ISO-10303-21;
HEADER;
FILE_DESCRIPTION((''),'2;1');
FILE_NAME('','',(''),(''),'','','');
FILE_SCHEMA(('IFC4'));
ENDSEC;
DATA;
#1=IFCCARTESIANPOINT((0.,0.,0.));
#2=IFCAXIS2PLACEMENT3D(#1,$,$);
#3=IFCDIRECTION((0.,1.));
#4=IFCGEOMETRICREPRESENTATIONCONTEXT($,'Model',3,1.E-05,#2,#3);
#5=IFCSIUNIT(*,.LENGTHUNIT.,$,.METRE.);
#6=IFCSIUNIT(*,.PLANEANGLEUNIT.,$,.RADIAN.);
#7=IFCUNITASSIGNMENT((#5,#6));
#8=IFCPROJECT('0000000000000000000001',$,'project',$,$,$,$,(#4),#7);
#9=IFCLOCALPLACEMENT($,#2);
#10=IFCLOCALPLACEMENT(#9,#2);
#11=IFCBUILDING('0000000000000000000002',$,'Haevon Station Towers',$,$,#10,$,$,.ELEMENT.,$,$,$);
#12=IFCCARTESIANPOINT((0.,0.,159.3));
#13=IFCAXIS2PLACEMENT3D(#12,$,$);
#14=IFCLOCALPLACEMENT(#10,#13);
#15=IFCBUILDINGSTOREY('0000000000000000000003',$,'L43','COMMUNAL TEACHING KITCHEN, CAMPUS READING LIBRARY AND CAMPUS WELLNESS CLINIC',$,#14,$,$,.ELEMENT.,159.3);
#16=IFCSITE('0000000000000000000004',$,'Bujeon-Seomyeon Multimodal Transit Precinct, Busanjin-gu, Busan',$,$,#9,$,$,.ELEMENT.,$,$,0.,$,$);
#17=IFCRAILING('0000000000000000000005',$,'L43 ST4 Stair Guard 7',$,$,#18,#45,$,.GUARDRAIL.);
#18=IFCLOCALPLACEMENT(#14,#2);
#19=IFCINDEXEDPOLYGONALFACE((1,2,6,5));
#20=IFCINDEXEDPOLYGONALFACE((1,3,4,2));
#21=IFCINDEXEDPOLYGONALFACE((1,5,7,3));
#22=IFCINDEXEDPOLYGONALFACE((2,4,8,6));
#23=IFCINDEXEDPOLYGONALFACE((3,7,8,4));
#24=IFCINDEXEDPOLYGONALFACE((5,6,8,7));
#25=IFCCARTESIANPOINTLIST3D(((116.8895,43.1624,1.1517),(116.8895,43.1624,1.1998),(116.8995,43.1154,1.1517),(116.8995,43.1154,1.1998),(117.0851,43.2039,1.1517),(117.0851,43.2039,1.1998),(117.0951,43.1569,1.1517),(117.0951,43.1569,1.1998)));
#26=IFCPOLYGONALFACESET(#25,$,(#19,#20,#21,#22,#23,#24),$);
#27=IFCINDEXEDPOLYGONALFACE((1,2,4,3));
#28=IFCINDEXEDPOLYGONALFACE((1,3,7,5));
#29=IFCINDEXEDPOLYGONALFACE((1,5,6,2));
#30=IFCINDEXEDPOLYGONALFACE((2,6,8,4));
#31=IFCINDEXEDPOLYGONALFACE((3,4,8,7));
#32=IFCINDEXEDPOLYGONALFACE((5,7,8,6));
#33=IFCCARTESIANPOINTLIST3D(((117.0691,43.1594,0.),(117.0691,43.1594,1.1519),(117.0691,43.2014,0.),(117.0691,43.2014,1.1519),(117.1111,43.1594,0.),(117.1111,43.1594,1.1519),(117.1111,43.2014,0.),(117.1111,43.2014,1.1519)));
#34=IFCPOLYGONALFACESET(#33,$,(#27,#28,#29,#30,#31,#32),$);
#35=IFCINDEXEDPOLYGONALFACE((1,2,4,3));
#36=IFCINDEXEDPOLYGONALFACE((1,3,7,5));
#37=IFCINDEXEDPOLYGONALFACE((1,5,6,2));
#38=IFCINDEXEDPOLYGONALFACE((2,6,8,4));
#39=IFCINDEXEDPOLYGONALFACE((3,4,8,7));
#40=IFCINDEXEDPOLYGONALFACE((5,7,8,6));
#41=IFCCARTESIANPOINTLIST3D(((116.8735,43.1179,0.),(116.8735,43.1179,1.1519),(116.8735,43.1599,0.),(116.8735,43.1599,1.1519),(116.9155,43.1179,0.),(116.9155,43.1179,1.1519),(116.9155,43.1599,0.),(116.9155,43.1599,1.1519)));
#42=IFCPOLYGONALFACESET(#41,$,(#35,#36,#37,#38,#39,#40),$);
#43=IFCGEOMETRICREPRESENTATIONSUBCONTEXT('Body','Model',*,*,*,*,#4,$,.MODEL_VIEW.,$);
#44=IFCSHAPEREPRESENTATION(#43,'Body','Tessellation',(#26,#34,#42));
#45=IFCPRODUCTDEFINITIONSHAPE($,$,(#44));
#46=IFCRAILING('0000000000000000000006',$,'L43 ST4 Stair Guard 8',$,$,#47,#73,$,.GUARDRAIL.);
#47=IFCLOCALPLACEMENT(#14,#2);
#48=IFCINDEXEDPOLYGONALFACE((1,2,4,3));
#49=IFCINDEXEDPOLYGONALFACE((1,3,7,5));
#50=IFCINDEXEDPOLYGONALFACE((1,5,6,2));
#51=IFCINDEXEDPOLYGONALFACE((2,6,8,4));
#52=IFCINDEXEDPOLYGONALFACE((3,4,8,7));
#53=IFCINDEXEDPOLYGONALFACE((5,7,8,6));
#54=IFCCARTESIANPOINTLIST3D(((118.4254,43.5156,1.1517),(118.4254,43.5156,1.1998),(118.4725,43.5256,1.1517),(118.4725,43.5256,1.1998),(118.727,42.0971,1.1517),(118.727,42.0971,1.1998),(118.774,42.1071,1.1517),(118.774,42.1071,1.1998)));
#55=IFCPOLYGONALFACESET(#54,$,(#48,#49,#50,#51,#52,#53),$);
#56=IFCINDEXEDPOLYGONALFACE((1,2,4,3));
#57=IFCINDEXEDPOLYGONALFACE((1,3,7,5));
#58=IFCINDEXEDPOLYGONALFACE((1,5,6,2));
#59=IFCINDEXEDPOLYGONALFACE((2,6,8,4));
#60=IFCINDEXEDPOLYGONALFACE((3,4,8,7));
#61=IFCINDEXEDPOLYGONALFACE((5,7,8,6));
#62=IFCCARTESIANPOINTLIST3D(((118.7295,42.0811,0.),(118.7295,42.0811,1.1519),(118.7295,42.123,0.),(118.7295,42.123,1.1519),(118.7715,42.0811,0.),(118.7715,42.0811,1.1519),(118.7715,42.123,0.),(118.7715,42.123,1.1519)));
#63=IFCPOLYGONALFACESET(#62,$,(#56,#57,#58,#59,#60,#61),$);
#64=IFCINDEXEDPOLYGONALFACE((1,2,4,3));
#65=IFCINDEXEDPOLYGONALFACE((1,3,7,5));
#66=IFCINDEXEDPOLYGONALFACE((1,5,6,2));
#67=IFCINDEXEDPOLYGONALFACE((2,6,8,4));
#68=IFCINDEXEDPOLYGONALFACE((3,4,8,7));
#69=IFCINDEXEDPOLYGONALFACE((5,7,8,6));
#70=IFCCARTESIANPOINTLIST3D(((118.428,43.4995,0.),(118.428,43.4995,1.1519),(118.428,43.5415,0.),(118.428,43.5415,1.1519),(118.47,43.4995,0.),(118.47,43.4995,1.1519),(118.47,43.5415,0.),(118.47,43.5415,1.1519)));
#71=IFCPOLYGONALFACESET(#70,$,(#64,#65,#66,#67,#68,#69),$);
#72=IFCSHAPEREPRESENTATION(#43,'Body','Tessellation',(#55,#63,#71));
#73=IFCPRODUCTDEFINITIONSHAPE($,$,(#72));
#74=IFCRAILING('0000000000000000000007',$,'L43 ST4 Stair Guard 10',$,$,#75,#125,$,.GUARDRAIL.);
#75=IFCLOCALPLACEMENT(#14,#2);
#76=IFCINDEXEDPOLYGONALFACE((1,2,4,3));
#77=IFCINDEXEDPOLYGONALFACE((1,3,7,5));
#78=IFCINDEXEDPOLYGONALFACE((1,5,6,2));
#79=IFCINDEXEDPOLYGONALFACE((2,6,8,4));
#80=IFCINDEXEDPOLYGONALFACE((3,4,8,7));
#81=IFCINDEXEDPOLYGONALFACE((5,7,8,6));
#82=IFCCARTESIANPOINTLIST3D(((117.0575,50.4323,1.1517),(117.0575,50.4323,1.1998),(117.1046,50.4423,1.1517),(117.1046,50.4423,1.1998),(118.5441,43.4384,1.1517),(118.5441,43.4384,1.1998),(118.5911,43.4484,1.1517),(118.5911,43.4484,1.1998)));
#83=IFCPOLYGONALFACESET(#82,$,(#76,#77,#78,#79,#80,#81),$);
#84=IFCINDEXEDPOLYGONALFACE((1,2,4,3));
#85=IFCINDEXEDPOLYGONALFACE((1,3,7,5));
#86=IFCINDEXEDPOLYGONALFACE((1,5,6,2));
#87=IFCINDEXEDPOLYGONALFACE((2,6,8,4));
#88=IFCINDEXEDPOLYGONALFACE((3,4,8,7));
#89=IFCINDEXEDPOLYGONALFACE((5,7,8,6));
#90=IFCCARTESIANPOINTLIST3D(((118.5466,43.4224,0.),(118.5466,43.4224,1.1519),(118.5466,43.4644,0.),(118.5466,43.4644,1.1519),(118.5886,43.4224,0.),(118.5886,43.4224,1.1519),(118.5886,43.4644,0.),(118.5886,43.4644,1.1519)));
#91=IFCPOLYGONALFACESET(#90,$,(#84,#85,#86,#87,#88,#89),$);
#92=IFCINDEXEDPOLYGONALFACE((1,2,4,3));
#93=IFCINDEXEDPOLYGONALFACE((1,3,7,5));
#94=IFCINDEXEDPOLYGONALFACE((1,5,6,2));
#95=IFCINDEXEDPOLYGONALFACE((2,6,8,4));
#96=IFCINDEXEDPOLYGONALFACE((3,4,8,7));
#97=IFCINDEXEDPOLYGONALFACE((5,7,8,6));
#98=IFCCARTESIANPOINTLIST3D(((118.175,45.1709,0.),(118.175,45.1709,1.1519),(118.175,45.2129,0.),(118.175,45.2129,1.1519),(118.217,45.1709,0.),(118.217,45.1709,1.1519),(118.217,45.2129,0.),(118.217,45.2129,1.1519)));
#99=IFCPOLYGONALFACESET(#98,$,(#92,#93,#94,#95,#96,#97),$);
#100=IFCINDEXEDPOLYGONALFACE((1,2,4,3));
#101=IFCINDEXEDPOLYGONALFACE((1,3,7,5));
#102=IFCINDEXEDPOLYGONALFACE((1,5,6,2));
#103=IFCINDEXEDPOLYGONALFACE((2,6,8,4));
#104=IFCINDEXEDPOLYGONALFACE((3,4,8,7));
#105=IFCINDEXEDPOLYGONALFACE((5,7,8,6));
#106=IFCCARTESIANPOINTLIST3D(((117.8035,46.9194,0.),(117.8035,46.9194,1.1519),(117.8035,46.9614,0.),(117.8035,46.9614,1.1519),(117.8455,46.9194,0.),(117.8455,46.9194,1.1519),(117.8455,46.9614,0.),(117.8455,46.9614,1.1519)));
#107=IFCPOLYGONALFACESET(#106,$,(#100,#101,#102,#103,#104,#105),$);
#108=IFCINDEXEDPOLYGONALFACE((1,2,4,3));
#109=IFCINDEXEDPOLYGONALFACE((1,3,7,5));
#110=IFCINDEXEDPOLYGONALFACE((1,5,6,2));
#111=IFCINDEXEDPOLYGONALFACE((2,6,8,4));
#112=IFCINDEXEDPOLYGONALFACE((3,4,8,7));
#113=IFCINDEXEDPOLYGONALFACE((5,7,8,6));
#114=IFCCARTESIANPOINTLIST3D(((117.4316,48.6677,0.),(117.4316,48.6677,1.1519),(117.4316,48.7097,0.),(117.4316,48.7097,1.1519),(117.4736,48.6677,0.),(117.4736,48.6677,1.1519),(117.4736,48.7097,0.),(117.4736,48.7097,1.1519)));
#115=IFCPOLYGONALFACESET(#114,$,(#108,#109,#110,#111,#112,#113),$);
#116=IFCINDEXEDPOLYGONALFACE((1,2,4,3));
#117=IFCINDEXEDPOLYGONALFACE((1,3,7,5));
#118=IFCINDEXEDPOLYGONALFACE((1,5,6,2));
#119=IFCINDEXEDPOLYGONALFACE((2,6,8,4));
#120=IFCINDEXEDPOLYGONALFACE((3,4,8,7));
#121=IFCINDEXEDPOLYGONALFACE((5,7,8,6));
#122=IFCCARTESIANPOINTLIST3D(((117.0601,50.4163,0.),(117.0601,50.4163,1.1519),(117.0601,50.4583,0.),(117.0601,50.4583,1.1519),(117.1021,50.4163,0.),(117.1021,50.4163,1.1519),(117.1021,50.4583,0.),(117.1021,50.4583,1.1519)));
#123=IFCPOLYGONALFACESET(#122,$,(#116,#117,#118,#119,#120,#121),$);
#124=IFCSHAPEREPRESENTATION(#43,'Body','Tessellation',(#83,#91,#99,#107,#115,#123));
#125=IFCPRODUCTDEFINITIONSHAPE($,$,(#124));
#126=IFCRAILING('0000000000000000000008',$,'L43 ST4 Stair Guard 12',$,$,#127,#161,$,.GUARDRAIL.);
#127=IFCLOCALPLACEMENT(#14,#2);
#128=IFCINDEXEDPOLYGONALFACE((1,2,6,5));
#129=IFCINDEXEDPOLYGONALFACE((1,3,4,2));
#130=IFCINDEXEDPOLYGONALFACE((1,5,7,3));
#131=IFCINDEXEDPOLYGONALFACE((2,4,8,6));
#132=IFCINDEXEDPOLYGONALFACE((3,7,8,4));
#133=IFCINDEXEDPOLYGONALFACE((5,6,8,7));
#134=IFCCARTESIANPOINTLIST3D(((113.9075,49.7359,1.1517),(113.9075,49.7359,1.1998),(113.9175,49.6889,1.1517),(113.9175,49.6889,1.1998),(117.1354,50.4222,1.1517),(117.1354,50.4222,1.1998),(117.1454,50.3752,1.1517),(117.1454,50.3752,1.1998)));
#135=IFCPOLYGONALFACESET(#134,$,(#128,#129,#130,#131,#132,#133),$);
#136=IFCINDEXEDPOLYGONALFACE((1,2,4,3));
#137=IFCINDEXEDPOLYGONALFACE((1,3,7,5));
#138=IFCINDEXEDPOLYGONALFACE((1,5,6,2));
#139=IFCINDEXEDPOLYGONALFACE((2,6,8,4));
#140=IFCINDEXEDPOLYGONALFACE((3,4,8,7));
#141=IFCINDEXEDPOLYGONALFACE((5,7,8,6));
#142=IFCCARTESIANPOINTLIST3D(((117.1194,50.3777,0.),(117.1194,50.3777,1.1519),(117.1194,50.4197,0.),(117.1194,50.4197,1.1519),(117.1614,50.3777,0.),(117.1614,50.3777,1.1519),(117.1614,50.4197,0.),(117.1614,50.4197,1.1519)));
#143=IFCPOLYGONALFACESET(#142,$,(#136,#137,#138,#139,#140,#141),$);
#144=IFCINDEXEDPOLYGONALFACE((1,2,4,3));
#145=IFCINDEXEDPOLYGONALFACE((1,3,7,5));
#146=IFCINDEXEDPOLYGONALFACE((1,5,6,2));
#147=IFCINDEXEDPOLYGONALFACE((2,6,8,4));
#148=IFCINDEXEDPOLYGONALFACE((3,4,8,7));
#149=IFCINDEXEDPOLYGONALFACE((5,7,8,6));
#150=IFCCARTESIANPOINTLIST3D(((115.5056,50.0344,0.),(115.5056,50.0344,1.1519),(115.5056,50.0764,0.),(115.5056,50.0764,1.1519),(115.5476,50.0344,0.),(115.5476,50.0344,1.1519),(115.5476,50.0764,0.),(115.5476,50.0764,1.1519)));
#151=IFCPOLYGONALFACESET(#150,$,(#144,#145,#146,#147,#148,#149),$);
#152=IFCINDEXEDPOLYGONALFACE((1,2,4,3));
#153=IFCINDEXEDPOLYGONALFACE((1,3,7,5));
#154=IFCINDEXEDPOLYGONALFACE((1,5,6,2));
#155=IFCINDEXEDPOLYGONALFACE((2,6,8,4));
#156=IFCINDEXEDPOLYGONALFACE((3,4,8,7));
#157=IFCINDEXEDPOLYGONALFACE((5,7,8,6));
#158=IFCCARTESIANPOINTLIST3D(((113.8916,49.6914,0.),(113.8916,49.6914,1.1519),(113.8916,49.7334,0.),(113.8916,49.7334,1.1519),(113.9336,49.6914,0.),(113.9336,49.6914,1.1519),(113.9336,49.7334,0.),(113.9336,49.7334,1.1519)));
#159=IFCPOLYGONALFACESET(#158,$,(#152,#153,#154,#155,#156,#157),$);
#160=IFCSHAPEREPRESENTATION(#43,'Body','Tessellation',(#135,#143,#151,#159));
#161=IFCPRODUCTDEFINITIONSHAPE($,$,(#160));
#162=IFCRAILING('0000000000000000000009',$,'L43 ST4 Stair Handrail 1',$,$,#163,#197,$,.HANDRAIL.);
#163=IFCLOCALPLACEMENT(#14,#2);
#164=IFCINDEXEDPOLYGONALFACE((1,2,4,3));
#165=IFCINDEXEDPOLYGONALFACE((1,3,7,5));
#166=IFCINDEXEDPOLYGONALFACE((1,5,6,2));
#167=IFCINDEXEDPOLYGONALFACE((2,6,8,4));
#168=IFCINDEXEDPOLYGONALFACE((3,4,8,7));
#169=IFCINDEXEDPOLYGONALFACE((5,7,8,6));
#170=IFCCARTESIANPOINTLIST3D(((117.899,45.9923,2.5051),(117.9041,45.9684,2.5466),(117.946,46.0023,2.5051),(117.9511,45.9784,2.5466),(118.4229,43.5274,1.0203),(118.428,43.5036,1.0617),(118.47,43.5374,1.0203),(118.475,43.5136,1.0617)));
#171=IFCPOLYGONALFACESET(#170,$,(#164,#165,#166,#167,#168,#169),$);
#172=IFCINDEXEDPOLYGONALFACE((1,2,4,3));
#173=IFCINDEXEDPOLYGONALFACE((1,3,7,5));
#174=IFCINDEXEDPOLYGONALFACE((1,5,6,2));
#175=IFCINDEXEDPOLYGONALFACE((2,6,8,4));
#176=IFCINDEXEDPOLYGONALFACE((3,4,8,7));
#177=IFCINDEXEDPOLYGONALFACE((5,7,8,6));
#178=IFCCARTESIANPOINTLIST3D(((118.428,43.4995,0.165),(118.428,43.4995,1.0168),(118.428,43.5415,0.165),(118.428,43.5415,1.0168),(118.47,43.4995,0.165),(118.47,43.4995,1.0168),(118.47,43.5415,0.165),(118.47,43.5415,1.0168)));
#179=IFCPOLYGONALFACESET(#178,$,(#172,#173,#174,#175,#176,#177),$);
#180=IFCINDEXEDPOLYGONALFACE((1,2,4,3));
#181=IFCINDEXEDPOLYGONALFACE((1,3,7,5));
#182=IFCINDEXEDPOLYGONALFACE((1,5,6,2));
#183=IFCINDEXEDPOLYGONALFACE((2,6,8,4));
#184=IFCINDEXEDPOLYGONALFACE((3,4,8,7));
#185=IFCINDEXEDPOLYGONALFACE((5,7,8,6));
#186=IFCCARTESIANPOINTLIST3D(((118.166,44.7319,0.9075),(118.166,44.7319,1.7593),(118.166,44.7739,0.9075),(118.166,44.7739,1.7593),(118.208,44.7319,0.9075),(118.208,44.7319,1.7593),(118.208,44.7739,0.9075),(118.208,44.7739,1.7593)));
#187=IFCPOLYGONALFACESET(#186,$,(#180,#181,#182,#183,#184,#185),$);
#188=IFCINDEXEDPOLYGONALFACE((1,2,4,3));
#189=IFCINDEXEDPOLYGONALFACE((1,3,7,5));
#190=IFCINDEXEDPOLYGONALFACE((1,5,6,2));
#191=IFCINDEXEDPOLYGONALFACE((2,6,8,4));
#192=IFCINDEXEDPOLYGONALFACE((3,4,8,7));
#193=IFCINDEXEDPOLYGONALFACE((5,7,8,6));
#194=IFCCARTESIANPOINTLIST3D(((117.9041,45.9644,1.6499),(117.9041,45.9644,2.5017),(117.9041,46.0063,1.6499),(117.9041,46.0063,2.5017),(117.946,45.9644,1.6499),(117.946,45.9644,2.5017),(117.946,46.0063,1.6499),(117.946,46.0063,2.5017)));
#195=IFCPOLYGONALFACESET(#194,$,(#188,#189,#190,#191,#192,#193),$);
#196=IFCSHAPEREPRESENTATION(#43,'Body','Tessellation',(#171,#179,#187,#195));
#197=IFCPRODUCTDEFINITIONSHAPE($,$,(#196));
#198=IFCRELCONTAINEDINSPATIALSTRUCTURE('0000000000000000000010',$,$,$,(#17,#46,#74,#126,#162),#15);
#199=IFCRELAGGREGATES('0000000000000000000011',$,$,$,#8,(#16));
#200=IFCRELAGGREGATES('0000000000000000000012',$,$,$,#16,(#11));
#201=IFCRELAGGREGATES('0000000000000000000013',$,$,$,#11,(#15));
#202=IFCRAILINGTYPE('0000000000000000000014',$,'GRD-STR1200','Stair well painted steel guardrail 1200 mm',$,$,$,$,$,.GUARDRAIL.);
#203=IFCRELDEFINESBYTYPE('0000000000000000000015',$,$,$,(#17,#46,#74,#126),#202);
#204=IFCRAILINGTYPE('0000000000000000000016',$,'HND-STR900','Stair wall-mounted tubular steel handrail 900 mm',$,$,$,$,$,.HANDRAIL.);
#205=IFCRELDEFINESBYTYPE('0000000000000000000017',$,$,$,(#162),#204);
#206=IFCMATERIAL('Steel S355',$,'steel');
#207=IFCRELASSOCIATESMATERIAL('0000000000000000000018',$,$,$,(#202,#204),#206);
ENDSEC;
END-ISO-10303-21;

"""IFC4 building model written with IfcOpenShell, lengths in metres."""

from ifc_helpers import new_model, si_unit, direction, frame, origin, origin_2d, place, context, subcontext, project, spatial, rectangle, extrude, material, type_object, element, save


model = new_model("IFC4")

# Units and contexts
model_context = context("Model", 3, precision=1e-05, world=origin(), true_north=direction((0.0, 1.0)))
body_context = subcontext(model_context, "Body", "Model", "MODEL_VIEW")
ifc_project = project(units=[si_unit("LENGTHUNIT", "METRE"), si_unit("PLANEANGLEUNIT", "RADIAN")], contexts=[model_context])

# Site, building, storey
site_placement = place(None, origin())
site = spatial("IfcSite", under=ifc_project, at=site_placement, Name="Bujeon-Seomyeon Multimodal Transit Precinct, Busanjin-gu, Busan", CompositionType="ELEMENT", RefElevation=0.0)
building_placement = place(site_placement, origin())
building = spatial("IfcBuilding", under=site, at=building_placement, Name="Haevon Station Towers", CompositionType="ELEMENT")
storey_placement = place(building_placement, frame((0.0, 0.0, 159.3)))
storey = spatial("IfcBuildingStorey", under=building, at=storey_placement, Name="L43", Description="COMMUNAL TEACHING KITCHEN, CAMPUS READING LIBRARY AND CAMPUS WELLNESS CLINIC", CompositionType="ELEMENT", Elevation=159.3)

# Shared definitions
ifc_material_1 = material(Name="Steel S355", Category="steel")

# Railings
railing_type_1 = type_object("IfcRailingType", Name="GRD-STR1200", Description="Stair well painted steel guardrail 1200 mm", PredefinedType="GUARDRAIL", material=ifc_material_1)
railing_1_placement = place(storey_placement, frame((117.0901, 43.1804, 0.0)))
element("IfcRailing", 1, at=railing_1_placement, inside=storey, type_object=railing_type_1, Name="L43 ST4 Stair Guard 7", PredefinedType="GUARDRAIL", context=body_context, shape_type="SweptSolid", body=[
    extrude(rectangle(XDim=0.0481, YDim=0.0481, at=origin_2d()), frame((0.0, 0.0, 1.1758), z_axis=(-0.978212, -0.20761, 0.0), x_axis=(0.20761, -0.978212, 0.0)), (0.0, 0.0, 1.0), 0.2),
    extrude(rectangle(XDim=0.042, YDim=0.042, at=origin_2d()), origin(), (0.0, 0.0, 1.0), 1.1519),
    extrude(rectangle(XDim=0.042, YDim=0.042, at=origin_2d()), frame((-0.1956, -0.0415, 0.0)), (0.0, 0.0, 1.0), 1.1519),
])
railing_2_placement = place(storey_placement, frame((118.7505, 42.1021, 0.0)))
element("IfcRailing", 2, at=railing_2_placement, inside=storey, type_object=railing_type_1, Name="L43 ST4 Stair Guard 8", PredefinedType="GUARDRAIL", context=body_context, shape_type="SweptSolid", body=[
    extrude(rectangle(XDim=0.0481, YDim=0.0481, at=origin_2d()), frame((0.0, 0.0, 1.1758), z_axis=(-0.207919, 0.978146, 0.0), x_axis=(-0.978146, -0.207919, 0.0)), (0.0, 0.0, 1.0), 1.4502),
    extrude(rectangle(XDim=0.042, YDim=0.042, at=origin_2d()), origin(), (0.0, 0.0, 1.0), 1.1519),
    extrude(rectangle(XDim=0.042, YDim=0.042, at=origin_2d()), frame((-0.3015, 1.4185, 0.0)), (0.0, 0.0, 1.0), 1.1519),
])
railing_3_placement = place(storey_placement, frame((118.5676, 43.4434, 0.0)))
element("IfcRailing", 3, at=railing_3_placement, inside=storey, type_object=railing_type_1, Name="L43 ST4 Stair Guard 10", PredefinedType="GUARDRAIL", context=body_context, shape_type="SweptSolid", body=[
    extrude(rectangle(XDim=0.0481, YDim=0.0481, at=origin_2d()), frame((0.0, 0.0, 1.1758), z_axis=(-0.207908, 0.978148, 0.0), x_axis=(-0.978148, -0.207908, 0.0)), (0.0, 0.0, 1.0), 7.1501),
    extrude(rectangle(XDim=0.042, YDim=0.042, at=origin_2d()), origin(), (0.0, 0.0, 1.0), 1.1519),
    extrude(rectangle(XDim=0.042, YDim=0.042, at=origin_2d()), frame((-0.3716, 1.7485, 0.0)), (0.0, 0.0, 1.0), 1.1519),
    extrude(rectangle(XDim=0.042, YDim=0.042, at=origin_2d()), frame((-0.7432, 3.4971, 0.0)), (0.0, 0.0, 1.0), 1.1519),
    extrude(rectangle(XDim=0.042, YDim=0.042, at=origin_2d()), frame((-1.115, 5.2454, 0.0)), (0.0, 0.0, 1.0), 1.1519),
    extrude(rectangle(XDim=0.042, YDim=0.042, at=origin_2d()), frame((-1.4866, 6.9939, 0.0)), (0.0, 0.0, 1.0), 1.1519),
])
railing_4_placement = place(storey_placement, frame((117.1404, 50.3987, 0.0)))
element("IfcRailing", 4, at=railing_4_placement, inside=storey, type_object=railing_type_1, Name="L43 ST4 Stair Guard 12", PredefinedType="GUARDRAIL", context=body_context, shape_type="SweptSolid", body=[
    extrude(rectangle(XDim=0.0481, YDim=0.0481, at=origin_2d()), frame((0.0, 0.0, 1.1758), z_axis=(-0.978136, -0.207968, 0.0), x_axis=(0.207968, -0.978136, 0.0)), (0.0, 0.0, 1.0), 3.3),
    extrude(rectangle(XDim=0.042, YDim=0.042, at=origin_2d()), origin(), (0.0, 0.0, 1.0), 1.1519),
    extrude(rectangle(XDim=0.042, YDim=0.042, at=origin_2d()), frame((-1.6138, -0.3433, 0.0)), (0.0, 0.0, 1.0), 1.1519),
    extrude(rectangle(XDim=0.042, YDim=0.042, at=origin_2d()), frame((-3.2278, -0.6863, 0.0)), (0.0, 0.0, 1.0), 1.1519),
])
railing_type_2 = type_object("IfcRailingType", Name="HND-STR900", Description="Stair wall-mounted tubular steel handrail 900 mm", PredefinedType="HANDRAIL", material=ifc_material_1)
railing_5_placement = place(storey_placement, frame((118.449, 43.5205, 0.165)))
element("IfcRailing", 5, at=railing_5_placement, inside=storey, type_object=railing_type_2, Name="L43 ST4 Stair Handrail 1", PredefinedType="HANDRAIL", context=body_context, shape_type="SweptSolid", body=[
    extrude(rectangle(XDim=0.0481, YDim=0.0481, at=origin_2d()), frame((0.0, 0.0, 0.876), z_axis=(-0.179129, 0.842724, 0.507671), x_axis=(-0.978147, -0.207914, 0.0)), (0.0, 0.0, 1.0), 2.9248),
    extrude(rectangle(XDim=0.042, YDim=0.042, at=origin_2d()), origin(), (0.0, 0.0, 1.0), 0.8518),
    extrude(rectangle(XDim=0.042, YDim=0.042, at=origin_2d()), frame((-0.262, 1.2324, 0.7424)), (0.0, 0.0, 1.0), 0.8518),
    extrude(rectangle(XDim=0.042, YDim=0.042, at=origin_2d()), frame((-0.5239, 2.4648, 1.4849)), (0.0, 0.0, 1.0), 0.8518),
])

save(model, "model.ifc")
